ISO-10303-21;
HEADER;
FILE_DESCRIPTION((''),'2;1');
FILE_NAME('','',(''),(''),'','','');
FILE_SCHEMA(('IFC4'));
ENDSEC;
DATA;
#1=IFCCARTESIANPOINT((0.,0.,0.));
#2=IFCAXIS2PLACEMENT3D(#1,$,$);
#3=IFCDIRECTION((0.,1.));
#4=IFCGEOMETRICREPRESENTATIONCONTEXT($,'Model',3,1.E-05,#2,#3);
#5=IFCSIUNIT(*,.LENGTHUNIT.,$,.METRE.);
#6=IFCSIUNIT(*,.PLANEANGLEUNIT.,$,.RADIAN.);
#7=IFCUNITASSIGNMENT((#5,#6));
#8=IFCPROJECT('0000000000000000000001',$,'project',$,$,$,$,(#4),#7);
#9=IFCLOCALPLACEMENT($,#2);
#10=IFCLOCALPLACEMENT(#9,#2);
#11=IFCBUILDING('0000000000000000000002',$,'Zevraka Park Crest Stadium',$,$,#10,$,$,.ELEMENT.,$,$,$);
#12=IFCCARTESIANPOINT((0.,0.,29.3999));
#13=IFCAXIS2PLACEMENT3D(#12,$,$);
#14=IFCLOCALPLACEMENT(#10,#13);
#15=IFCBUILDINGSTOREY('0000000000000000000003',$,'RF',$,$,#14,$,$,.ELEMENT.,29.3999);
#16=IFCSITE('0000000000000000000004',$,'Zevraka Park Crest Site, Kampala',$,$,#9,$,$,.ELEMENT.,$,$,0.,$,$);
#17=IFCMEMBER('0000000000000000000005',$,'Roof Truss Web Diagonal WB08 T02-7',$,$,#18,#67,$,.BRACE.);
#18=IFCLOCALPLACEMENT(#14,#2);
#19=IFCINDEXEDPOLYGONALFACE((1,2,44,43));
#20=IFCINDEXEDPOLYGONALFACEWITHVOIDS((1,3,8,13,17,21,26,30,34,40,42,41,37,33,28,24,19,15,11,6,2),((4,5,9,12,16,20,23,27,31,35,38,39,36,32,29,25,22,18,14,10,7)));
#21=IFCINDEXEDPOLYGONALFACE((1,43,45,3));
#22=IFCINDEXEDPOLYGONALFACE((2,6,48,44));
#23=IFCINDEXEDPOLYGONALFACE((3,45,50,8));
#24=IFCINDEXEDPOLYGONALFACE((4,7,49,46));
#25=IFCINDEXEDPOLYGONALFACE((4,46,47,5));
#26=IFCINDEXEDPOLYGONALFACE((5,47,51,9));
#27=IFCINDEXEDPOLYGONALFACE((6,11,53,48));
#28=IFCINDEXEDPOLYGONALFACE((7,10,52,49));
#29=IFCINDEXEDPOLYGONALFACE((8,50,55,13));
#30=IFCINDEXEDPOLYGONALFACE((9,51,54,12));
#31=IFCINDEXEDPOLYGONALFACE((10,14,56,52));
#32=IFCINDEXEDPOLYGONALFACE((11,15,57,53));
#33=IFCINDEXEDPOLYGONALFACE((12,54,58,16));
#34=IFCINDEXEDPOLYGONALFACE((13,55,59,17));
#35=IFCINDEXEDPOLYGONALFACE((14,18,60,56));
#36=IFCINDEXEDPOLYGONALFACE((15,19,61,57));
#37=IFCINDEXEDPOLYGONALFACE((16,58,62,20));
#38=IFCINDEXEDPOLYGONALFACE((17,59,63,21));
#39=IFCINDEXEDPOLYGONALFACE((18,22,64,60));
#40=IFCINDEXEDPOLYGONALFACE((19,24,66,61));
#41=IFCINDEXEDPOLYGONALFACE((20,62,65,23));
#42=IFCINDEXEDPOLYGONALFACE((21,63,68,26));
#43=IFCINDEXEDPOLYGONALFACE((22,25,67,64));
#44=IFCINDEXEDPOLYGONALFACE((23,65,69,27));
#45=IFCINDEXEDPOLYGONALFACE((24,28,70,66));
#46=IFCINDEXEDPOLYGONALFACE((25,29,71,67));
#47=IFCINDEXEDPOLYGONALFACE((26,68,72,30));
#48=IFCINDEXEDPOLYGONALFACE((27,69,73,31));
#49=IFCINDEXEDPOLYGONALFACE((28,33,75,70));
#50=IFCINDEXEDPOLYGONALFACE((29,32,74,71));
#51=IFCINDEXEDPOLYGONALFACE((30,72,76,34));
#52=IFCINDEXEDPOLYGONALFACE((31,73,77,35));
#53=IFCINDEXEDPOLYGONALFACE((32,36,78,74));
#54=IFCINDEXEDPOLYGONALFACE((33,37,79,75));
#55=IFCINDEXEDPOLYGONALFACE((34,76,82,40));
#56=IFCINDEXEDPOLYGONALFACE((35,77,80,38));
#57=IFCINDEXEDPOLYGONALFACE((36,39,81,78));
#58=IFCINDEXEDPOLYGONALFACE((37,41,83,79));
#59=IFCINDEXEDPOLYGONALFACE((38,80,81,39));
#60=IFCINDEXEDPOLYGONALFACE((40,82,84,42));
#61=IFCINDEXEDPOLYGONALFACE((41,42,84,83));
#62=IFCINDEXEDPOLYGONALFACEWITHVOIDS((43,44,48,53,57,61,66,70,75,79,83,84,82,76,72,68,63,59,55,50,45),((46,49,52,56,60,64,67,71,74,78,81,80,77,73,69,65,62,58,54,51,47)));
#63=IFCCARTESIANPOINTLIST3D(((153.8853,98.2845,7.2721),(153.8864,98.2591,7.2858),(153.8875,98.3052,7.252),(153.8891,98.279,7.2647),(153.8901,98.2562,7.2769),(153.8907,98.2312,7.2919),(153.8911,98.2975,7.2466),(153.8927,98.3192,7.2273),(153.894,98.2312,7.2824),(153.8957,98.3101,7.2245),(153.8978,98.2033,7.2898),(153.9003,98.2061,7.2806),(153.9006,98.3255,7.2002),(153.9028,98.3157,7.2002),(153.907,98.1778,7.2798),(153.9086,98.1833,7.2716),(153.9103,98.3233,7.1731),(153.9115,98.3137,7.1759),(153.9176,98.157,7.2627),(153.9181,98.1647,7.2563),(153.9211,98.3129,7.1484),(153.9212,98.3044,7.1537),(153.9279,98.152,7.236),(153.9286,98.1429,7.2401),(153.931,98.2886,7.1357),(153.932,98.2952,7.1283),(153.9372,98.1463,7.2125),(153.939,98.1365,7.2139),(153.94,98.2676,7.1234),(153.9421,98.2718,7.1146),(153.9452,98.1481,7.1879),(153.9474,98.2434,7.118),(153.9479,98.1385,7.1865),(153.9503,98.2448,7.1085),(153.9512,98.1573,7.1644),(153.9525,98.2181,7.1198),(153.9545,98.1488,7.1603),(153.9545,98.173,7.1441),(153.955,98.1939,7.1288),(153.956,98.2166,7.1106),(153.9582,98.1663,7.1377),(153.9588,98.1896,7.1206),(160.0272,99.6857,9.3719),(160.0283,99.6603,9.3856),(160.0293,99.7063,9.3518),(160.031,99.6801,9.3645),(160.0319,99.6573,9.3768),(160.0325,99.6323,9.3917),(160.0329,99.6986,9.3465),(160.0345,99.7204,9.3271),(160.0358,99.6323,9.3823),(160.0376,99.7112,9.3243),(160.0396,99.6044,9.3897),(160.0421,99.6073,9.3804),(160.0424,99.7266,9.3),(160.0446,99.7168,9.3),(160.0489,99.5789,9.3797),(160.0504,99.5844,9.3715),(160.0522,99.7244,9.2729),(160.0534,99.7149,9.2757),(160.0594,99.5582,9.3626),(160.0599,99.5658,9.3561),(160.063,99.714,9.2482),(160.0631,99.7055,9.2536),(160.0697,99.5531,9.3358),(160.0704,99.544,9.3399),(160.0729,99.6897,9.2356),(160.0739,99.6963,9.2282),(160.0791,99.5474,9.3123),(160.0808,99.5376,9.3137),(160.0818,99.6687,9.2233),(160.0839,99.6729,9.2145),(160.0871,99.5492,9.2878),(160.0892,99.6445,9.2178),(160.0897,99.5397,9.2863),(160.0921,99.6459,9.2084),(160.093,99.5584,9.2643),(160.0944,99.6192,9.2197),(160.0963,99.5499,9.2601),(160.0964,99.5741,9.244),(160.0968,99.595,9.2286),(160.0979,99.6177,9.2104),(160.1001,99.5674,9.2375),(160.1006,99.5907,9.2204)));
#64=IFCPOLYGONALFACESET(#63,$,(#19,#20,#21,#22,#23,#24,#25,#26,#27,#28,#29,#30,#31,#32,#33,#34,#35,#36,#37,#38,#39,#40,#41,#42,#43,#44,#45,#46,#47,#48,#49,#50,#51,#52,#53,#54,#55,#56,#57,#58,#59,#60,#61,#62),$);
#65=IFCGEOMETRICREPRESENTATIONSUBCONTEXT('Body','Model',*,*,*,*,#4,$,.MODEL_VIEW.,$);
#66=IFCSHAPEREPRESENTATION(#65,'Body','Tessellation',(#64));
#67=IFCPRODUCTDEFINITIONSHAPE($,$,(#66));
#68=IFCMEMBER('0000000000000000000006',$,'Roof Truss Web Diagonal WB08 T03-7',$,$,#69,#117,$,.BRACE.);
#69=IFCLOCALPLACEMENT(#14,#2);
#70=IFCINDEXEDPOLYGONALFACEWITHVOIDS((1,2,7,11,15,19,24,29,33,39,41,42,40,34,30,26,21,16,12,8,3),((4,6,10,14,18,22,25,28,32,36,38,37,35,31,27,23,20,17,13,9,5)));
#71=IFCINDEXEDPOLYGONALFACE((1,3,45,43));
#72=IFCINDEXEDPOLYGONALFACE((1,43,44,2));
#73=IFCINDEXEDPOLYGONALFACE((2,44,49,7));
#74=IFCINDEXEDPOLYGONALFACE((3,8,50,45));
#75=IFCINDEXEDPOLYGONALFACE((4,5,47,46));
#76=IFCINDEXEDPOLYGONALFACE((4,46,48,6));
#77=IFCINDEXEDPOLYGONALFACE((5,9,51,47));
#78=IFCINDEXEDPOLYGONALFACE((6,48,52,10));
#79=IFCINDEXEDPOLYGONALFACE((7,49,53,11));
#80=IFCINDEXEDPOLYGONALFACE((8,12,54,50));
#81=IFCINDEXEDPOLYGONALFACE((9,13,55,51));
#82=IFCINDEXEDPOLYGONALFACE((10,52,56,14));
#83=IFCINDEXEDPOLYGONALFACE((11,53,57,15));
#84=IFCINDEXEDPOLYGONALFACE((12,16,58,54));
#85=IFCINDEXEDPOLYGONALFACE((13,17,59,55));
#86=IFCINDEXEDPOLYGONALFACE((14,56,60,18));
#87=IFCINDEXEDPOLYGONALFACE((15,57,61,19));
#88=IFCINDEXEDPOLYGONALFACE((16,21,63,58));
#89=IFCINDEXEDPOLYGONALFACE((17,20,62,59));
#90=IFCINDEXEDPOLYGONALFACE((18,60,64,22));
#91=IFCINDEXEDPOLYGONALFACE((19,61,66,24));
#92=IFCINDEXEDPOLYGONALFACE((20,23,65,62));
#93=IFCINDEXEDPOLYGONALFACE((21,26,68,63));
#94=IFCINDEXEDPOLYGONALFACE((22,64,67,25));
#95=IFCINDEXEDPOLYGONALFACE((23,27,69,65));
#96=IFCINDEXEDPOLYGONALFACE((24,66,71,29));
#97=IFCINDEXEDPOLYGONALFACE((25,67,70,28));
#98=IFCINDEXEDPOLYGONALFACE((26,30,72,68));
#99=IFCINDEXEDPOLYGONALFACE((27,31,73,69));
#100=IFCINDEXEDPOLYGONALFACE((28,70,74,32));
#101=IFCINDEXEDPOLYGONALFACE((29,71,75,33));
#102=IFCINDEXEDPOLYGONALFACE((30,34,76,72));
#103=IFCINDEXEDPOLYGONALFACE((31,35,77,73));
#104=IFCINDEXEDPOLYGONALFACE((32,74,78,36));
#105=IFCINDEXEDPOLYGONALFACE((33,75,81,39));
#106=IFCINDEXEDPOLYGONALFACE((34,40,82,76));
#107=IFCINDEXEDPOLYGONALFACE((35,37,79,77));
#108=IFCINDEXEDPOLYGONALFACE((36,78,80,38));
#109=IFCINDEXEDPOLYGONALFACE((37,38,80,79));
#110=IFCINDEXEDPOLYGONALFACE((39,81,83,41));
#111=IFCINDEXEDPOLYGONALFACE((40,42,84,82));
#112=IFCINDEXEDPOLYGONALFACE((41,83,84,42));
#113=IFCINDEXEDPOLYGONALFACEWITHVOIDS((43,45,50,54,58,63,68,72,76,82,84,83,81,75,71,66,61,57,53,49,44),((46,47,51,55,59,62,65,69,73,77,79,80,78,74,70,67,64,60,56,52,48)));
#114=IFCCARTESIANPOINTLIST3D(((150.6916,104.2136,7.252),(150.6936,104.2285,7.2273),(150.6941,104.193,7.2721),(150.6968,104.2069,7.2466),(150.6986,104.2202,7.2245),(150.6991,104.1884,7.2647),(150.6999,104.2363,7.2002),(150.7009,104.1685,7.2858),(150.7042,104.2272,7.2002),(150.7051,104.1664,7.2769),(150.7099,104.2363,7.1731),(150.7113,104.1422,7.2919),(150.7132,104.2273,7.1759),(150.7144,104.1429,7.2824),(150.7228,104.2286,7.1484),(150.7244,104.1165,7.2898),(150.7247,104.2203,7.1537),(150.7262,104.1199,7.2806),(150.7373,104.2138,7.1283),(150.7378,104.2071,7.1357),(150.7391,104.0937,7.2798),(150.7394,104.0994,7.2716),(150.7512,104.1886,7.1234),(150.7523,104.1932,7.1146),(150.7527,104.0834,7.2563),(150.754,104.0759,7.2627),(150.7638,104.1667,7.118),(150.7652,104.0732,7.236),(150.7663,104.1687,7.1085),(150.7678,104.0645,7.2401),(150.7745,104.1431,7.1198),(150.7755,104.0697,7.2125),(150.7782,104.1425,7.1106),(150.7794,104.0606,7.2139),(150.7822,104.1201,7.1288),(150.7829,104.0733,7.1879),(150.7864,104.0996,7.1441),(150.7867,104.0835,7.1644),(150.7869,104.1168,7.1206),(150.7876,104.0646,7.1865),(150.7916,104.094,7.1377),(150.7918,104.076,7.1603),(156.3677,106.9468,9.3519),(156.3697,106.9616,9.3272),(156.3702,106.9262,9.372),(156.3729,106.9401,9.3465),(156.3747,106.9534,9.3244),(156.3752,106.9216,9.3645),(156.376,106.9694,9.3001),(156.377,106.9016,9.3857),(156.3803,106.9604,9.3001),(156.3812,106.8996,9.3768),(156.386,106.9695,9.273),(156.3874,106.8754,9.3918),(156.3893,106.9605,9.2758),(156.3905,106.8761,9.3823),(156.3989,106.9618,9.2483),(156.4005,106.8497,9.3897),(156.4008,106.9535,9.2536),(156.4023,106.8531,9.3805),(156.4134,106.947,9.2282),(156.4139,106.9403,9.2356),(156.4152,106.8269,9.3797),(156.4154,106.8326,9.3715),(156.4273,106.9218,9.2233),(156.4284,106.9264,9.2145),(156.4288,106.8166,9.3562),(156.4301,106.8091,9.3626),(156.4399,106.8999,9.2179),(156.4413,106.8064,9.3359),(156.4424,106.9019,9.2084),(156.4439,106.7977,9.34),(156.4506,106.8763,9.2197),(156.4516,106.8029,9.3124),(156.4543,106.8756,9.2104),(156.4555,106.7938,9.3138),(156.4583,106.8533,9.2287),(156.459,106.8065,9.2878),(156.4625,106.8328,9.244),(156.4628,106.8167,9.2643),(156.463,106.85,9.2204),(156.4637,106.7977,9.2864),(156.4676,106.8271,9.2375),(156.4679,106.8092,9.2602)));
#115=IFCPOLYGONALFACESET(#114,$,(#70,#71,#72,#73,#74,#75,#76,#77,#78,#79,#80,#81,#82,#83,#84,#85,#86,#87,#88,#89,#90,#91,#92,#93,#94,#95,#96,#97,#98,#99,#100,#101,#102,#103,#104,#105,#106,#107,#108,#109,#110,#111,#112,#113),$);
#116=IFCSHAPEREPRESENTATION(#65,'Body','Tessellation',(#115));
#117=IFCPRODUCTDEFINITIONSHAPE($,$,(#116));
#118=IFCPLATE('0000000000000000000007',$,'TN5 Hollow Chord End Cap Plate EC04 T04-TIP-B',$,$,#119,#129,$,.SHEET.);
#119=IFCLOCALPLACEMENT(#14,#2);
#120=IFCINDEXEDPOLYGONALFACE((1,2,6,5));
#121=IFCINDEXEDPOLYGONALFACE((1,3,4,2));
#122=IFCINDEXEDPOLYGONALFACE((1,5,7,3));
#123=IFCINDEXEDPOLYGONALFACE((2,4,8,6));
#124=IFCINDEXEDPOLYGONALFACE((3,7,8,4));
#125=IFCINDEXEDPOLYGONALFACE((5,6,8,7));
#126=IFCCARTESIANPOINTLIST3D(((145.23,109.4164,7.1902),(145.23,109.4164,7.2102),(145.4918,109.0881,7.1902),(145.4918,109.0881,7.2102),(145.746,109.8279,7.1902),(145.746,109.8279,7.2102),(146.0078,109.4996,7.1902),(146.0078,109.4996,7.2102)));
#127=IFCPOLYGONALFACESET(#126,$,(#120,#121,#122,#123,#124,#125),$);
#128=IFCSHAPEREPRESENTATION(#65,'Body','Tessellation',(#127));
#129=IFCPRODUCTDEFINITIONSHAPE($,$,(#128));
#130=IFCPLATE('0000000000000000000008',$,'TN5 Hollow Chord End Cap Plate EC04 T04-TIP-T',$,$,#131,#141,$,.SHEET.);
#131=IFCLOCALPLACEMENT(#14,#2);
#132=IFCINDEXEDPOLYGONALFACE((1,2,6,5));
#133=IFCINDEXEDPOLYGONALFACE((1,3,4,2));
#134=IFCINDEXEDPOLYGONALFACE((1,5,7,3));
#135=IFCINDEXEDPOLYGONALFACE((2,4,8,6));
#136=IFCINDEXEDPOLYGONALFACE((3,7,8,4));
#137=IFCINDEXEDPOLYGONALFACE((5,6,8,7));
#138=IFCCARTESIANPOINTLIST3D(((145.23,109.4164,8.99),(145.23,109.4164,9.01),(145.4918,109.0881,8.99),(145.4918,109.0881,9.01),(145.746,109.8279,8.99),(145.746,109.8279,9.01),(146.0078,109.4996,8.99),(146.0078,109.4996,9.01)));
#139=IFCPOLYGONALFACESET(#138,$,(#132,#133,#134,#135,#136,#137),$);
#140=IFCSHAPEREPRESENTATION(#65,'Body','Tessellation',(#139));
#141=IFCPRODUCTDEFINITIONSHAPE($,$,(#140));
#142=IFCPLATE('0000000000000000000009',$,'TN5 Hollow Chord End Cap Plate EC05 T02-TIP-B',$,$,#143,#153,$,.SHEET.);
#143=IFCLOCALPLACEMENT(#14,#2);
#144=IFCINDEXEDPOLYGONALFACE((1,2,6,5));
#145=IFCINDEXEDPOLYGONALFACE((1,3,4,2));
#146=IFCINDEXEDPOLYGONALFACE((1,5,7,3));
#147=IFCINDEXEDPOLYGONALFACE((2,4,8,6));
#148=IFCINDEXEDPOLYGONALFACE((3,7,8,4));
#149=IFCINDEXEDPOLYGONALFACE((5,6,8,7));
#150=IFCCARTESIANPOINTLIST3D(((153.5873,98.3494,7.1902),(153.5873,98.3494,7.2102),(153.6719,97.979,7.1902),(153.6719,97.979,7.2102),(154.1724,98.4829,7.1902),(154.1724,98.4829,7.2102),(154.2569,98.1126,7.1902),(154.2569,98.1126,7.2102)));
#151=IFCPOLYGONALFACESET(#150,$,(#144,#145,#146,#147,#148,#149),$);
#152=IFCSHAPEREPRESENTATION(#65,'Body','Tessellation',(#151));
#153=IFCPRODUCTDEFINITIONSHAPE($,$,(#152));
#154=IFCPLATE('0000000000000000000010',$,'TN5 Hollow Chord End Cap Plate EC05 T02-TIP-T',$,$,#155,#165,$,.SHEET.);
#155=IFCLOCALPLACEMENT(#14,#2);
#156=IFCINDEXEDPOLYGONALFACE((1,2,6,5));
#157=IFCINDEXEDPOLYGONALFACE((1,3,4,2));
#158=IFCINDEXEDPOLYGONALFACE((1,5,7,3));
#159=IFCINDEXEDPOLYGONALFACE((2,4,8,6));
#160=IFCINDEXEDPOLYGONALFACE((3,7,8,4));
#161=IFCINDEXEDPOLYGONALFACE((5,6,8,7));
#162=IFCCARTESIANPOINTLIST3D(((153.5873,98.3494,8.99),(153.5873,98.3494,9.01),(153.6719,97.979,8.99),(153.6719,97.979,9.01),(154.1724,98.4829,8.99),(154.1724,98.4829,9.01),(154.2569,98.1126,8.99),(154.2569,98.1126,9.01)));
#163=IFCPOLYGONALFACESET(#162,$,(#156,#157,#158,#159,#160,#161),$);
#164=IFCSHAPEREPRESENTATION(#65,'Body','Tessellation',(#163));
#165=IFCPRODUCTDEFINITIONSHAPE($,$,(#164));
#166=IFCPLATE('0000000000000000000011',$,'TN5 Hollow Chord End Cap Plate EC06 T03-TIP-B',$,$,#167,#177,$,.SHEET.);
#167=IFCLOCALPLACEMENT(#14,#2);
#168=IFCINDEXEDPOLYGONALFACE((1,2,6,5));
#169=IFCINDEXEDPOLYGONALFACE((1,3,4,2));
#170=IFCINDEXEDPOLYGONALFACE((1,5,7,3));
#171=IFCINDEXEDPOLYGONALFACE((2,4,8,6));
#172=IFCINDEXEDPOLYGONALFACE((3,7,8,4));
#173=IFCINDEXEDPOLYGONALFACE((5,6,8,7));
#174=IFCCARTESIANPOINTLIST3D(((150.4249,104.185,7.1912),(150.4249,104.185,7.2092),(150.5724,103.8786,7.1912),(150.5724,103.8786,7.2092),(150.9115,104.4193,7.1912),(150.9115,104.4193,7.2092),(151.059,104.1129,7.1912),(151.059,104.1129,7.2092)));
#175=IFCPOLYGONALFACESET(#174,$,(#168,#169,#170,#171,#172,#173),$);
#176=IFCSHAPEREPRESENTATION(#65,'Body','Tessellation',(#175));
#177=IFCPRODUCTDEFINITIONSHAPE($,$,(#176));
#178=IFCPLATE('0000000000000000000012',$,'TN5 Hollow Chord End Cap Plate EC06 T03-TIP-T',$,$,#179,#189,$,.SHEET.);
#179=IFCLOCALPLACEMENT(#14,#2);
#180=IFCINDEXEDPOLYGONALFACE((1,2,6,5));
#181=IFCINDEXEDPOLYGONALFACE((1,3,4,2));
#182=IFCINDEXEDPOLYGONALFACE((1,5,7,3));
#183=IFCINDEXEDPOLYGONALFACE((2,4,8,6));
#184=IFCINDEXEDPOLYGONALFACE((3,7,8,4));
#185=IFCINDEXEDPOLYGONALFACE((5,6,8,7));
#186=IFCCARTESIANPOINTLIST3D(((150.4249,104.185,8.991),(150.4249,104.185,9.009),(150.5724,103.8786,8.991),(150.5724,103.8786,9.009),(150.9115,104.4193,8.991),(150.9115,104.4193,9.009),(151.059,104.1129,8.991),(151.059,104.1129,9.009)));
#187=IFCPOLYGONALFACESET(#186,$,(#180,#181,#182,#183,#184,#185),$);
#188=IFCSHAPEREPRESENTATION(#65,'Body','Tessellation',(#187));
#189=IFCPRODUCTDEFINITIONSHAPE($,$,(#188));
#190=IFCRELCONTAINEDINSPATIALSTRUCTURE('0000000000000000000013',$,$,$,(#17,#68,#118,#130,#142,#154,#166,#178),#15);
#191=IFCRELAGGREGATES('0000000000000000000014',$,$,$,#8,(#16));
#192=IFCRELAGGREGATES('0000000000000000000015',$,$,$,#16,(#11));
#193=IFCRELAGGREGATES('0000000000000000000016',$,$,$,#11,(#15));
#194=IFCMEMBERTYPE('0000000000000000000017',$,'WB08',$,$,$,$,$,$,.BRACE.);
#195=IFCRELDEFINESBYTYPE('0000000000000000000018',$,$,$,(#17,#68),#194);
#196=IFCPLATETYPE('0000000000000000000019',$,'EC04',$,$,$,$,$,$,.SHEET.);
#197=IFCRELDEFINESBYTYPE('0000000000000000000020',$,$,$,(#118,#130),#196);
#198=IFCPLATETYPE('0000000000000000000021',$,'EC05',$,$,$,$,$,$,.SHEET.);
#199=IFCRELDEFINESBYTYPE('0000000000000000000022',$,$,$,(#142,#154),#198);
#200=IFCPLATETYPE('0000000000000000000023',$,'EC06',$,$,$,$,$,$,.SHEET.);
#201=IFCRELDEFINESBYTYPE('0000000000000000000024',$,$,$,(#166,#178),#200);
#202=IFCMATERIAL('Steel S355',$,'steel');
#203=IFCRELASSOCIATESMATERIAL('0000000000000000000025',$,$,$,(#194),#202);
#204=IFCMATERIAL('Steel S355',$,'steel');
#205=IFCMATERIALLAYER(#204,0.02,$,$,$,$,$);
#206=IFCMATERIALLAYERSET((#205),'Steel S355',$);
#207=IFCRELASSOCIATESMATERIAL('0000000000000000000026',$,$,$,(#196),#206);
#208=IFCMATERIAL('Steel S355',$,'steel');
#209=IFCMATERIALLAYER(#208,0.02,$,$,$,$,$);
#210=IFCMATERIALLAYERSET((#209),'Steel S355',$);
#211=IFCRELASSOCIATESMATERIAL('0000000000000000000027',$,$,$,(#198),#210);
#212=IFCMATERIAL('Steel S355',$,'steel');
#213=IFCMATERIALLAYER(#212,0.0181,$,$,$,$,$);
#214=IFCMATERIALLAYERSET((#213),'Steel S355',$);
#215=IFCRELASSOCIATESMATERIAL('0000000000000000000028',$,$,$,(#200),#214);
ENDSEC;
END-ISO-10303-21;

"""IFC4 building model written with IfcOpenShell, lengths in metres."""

from ifc_helpers import new_model, si_unit, direction, frame, origin, origin_2d, place, context, subcontext, project, spatial, rectangle, hollow_circle, extrude, material, layer, layer_set, material_profile, profile_set, type_object, element, save


model = new_model("IFC4")

# Units and contexts
model_context = context("Model", 3, precision=1e-05, world=origin(), true_north=direction((0.0, 1.0)))
body_context = subcontext(model_context, "Body", "Model", "MODEL_VIEW")
ifc_project = project(units=[si_unit("LENGTHUNIT", "METRE"), si_unit("PLANEANGLEUNIT", "RADIAN")], contexts=[model_context])

# Site, building, storey
site_placement = place(None, origin())
site = spatial("IfcSite", under=ifc_project, at=site_placement, Name="Zevraka Park Crest Site, Kampala", CompositionType="ELEMENT", RefElevation=0.0)
building_placement = place(site_placement, origin())
building = spatial("IfcBuilding", under=site, at=building_placement, Name="Zevraka Park Crest Stadium", CompositionType="ELEMENT")
storey_placement = place(building_placement, frame((0.0, 0.0, 29.3999)))
storey = spatial("IfcBuildingStorey", under=building, at=storey_placement, Name="RF", CompositionType="ELEMENT", Elevation=29.3999)

# Members
ifc_material_1 = material(Name="Steel S355", Category="steel")
ifc_material_profile_1 = material_profile(ifc_material_1, hollow_circle(Radius=0.0969, WallThickness=0.01, at=origin_2d()), Name="CHS 193.7x10")
ifc_profile_set_1 = profile_set([ifc_material_profile_1], Name="Steel S355")
member_type_1 = type_object("IfcMemberType", Name="WB08", PredefinedType="BRACE", material=ifc_profile_set_1)
member_1_placement = place(storey_placement, frame((153.9221, 98.231, 7.2002), z_axis=(0.924922, 0.211, 0.316224), x_axis=(-0.222413, 0.974952, 0.0)))
element("IfcMember", 1, at=member_1_placement, inside=storey, type_object=member_type_1, Name="Roof Truss Web Diagonal WB08 T02-7", PredefinedType="BRACE", context=body_context, shape_type="SweptSolid", body=[
    extrude(hollow_circle(Radius=0.0969, WallThickness=0.01, at=origin_2d()), origin(), (0.0, 0.0, 1.0), 6.6404),
])
member_2_placement = place(storey_placement, frame((150.7419, 104.1489, 7.2002), z_axis=(0.854753, 0.411586, 0.316217), x_axis=(-0.433848, 0.900986, 0.0)))
element("IfcMember", 2, at=member_2_placement, inside=storey, type_object=member_type_1, Name="Roof Truss Web Diagonal WB08 T03-7", PredefinedType="BRACE", context=body_context, shape_type="SweptSolid", body=[
    extrude(hollow_circle(Radius=0.0969, WallThickness=0.01, at=origin_2d()), origin(), (0.0, 0.0, 1.0), 6.6406),
])

# Plates
ifc_material_2 = material(Name="Steel S355", Category="steel")
ifc_layer_1 = layer(ifc_material_2, 0.02)
ifc_layer_set_1 = layer_set([ifc_layer_1], Name="Steel S355")
plate_type_1 = type_object("IfcPlateType", Name="EC04", PredefinedType="SHEET", material=ifc_layer_set_1)
for number, where, z_axis, x_axis, name in (
    (3, (145.6189, 109.458, 7.1902), (0.0, 0.0, 1.0), (0.781847, 0.62347, 0.0), "TN5 Hollow Chord End Cap Plate EC04 T04-TIP-B"),
    (4, (145.6189, 109.458, 8.99), (0.0, 0.0, 1.0), (0.781847, 0.62347, 0.0), "TN5 Hollow Chord End Cap Plate EC04 T04-TIP-T"),
):
    element("IfcPlate", number, at=place(storey_placement, frame(where, z_axis=z_axis, x_axis=x_axis)), inside=storey, type_object=plate_type_1, Name=name, PredefinedType="SHEET", context=body_context, shape_type="SweptSolid", body=[
        extrude(rectangle(XDim=0.6599, YDim=0.4199, at=origin_2d()), origin(), (0.0, 0.0, 1.0), 0.02),
    ])
ifc_material_3 = material(Name="Steel S355", Category="steel")
ifc_layer_2 = layer(ifc_material_3, 0.02)
ifc_layer_set_2 = layer_set([ifc_layer_2], Name="Steel S355")
plate_type_2 = type_object("IfcPlateType", Name="EC05", PredefinedType="SHEET", material=ifc_layer_set_2)
for number, where, z_axis, x_axis, name in (
    (5, (153.9221, 98.231, 7.1902), (0.0, 0.0, 1.0), (0.974917, 0.22257, 0.0), "TN5 Hollow Chord End Cap Plate EC05 T02-TIP-B"),
    (6, (153.9221, 98.231, 8.99), (0.0, 0.0, 1.0), (0.974917, 0.22257, 0.0), "TN5 Hollow Chord End Cap Plate EC05 T02-TIP-T"),
):
    element("IfcPlate", number, at=place(storey_placement, frame(where, z_axis=z_axis, x_axis=x_axis)), inside=storey, type_object=plate_type_2, Name=name, PredefinedType="SHEET", context=body_context, shape_type="SweptSolid", body=[
        extrude(rectangle(XDim=0.6001, YDim=0.3799, at=origin_2d()), origin(), (0.0, 0.0, 1.0), 0.02),
    ])
ifc_material_4 = material(Name="Steel S355", Category="steel")
ifc_layer_3 = layer(ifc_material_4, 0.0181)
ifc_layer_set_3 = layer_set([ifc_layer_3], Name="Steel S355")
plate_type_3 = type_object("IfcPlateType", Name="EC06", PredefinedType="SHEET", material=ifc_layer_set_3)
for number, where, z_axis, x_axis, name in (
    (7, (150.7419, 104.1489, 7.1912), (0.0, 0.0, 1.0), (0.901001, 0.433816, 0.0), "TN5 Hollow Chord End Cap Plate EC06 T03-TIP-B"),
    (8, (150.7419, 104.1489, 8.991), (0.0, 0.0, 1.0), (0.901001, 0.433816, 0.0), "TN5 Hollow Chord End Cap Plate EC06 T03-TIP-T"),
):
    element("IfcPlate", number, at=place(storey_placement, frame(where, z_axis=z_axis, x_axis=x_axis)), inside=storey, type_object=plate_type_3, Name=name, PredefinedType="SHEET", context=body_context, shape_type="SweptSolid", body=[
        extrude(rectangle(XDim=0.54, YDim=0.3401, at=origin_2d()), origin(), (0.0, 0.0, 1.0), 0.0181),
    ])

save(model, "model.ifc")
